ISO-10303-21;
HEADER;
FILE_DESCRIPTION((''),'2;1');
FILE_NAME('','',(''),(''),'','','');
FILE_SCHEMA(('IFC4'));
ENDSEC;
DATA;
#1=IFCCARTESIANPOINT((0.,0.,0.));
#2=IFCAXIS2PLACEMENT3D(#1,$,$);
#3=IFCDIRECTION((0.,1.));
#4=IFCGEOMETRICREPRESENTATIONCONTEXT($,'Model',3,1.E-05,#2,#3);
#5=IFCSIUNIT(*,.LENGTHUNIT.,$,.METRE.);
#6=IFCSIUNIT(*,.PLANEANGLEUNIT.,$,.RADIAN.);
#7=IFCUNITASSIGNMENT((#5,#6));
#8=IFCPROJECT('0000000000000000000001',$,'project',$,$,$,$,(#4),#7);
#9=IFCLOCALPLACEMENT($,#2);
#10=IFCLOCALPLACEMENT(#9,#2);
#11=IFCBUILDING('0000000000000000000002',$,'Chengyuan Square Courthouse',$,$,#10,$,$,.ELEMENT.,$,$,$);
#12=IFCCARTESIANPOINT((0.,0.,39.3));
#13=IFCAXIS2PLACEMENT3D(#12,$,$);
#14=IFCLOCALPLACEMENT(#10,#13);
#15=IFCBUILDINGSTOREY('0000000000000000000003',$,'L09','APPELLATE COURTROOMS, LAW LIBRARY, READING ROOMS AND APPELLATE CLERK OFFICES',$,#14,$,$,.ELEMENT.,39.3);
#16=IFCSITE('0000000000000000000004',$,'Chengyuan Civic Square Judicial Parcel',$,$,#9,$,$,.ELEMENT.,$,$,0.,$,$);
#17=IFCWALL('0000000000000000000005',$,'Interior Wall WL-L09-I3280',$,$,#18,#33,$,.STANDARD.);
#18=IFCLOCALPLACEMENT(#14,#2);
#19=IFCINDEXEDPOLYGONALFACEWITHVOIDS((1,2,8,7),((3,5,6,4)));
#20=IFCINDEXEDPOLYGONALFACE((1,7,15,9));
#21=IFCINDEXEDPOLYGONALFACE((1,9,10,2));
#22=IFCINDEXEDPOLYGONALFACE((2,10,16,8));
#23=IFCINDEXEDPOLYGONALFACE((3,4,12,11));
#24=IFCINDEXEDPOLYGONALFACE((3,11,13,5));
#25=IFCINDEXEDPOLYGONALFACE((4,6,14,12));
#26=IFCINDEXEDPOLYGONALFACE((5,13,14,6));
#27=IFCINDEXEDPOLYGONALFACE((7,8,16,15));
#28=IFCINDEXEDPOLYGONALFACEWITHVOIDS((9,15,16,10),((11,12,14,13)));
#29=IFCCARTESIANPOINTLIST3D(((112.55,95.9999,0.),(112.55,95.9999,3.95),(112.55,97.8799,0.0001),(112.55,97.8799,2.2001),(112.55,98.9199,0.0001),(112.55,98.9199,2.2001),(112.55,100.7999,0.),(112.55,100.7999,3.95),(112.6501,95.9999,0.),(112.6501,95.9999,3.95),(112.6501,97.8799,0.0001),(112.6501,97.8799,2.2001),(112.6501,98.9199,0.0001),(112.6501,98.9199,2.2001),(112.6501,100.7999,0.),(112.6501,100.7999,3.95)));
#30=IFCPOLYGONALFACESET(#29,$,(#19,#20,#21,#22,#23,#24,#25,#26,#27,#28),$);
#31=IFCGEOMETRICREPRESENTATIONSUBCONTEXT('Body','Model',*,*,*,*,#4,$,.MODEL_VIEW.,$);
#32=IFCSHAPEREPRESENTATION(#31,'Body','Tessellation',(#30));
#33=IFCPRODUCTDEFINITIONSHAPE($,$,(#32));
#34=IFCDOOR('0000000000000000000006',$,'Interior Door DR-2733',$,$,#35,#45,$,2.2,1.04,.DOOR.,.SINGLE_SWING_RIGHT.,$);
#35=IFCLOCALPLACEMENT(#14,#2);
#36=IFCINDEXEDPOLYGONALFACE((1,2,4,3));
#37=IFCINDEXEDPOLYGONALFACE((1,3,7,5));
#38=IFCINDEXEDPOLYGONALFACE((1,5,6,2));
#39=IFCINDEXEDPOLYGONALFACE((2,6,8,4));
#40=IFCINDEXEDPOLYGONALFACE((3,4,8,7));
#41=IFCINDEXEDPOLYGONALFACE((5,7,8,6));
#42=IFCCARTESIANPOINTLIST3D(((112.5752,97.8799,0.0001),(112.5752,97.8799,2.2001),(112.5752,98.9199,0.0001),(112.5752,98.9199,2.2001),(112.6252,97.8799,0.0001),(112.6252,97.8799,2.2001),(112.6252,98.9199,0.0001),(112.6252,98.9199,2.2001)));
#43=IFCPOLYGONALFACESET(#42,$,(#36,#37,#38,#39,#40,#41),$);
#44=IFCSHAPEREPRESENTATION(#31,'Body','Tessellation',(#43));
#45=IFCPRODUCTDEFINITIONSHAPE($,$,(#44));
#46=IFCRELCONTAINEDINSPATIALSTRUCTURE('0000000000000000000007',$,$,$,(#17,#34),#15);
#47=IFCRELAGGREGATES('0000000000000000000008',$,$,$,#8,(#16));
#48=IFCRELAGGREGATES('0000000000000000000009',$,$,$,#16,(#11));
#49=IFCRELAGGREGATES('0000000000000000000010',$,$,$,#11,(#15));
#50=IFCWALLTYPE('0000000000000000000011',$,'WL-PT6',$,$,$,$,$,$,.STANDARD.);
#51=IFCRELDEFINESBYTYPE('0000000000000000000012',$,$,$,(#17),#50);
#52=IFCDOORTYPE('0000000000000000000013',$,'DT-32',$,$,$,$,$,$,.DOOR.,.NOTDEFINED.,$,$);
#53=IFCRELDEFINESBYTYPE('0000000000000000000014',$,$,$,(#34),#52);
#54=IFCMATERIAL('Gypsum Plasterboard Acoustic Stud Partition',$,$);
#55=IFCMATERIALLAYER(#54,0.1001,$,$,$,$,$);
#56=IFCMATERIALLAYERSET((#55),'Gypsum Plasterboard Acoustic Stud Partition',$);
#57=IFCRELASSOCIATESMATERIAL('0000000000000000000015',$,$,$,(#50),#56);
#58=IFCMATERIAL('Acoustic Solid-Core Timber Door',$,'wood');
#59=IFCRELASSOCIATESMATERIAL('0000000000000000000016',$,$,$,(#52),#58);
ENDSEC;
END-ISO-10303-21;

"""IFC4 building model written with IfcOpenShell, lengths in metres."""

from ifc_helpers import new_model, si_unit, direction, frame, frame_2d, origin, place, context, subcontext, project, spatial, rectangle, extrude, material, layer, layer_set, type_object, element, fill, save


model = new_model("IFC4")

# Units and contexts
model_context = context("Model", 3, precision=1e-05, world=origin(), true_north=direction((0.0, 1.0)))
body_context = subcontext(model_context, "Body", "Model", "MODEL_VIEW")
ifc_project = project(units=[si_unit("LENGTHUNIT", "METRE"), si_unit("PLANEANGLEUNIT", "RADIAN")], contexts=[model_context])

# Site, building, storey
site_placement = place(None, origin())
site = spatial("IfcSite", under=ifc_project, at=site_placement, Name="Chengyuan Civic Square Judicial Parcel", CompositionType="ELEMENT", RefElevation=0.0)
building_placement = place(site_placement, origin())
building = spatial("IfcBuilding", under=site, at=building_placement, Name="Chengyuan Square Courthouse", CompositionType="ELEMENT")
storey_placement = place(building_placement, frame((0.0, 0.0, 39.3)))
storey = spatial("IfcBuildingStorey", under=building, at=storey_placement, Name="L09", Description="APPELLATE COURTROOMS, LAW LIBRARY, READING ROOMS AND APPELLATE CLERK OFFICES", CompositionType="ELEMENT", Elevation=39.3)

# Shared definitions
ifc_material_1 = material(Name="Acoustic Solid-Core Timber Door", Category="wood")

# Shared definitions
ifc_material_2 = material(Name="Gypsum Plasterboard Acoustic Stud Partition")
ifc_layer_1 = layer(ifc_material_2, 0.1001)
ifc_layer_set_1 = layer_set([ifc_layer_1], Name="Gypsum Plasterboard Acoustic Stud Partition")
wall_type_1 = type_object("IfcWallType", Name="WL-PT6", PredefinedType="STANDARD", material=ifc_layer_set_1)

# Wall, opening, door
wall_1_placement = place(storey_placement, frame((112.6001, 96.0, 0.0), z_axis=(0.0, 0.0, 1.0), x_axis=(0.0, 1.0, 0.0)))
wall_1 = element("IfcWall", 1, at=wall_1_placement, inside=storey, type_object=wall_type_1, Name="Interior Wall WL-L09-I3280", PredefinedType="STANDARD", context=body_context, shape_type="SweptSolid", body=[
    extrude(rectangle(XDim=4.8, YDim=0.1001, at=frame_2d((2.3999, 0.0))), origin(), (0.0, 0.0, 1.0), 3.95),
])
opening_1_placement = place(wall_1_placement, frame((1.8799, 0.0, 0.0)))
opening_1 = element("IfcOpeningElement", 2, at=opening_1_placement, cuts=wall_1, PredefinedType="OPENING", context=body_context, shape_type="SweptSolid", body=[
    extrude(rectangle(XDim=1.04, YDim=2.2, at=frame_2d((0.52, 1.1001))), frame((0.0, 0.062, 0.0), z_axis=(0.0, -1.0, 0.0), x_axis=(1.0, 0.0, 0.0)), (0.0, 0.0, 1.0), 0.124),
])
door_type_1 = type_object("IfcDoorType", Name="DT-32", OperationType="NOTDEFINED", PredefinedType="DOOR", material=ifc_material_1)
door_1_placement = place(opening_1_placement, origin())
door_1 = element("IfcDoor", 3, at=door_1_placement, inside=storey, type_object=door_type_1, Name="Interior Door DR-2733", OperationType="SINGLE_SWING_RIGHT", OverallHeight=2.2, OverallWidth=1.04, PredefinedType="DOOR", context=body_context, shape_type="SweptSolid", body=[
    extrude(rectangle(XDim=1.04, YDim=2.2, at=frame_2d((0.52, 1.1001))), frame((0.0, 0.0249, 0.0), z_axis=(0.0, -1.0, 0.0), x_axis=(1.0, 0.0, 0.0)), (0.0, 0.0, 1.0), 0.05),
])
fill(opening_1, door_1)

save(model, "model.ifc")
